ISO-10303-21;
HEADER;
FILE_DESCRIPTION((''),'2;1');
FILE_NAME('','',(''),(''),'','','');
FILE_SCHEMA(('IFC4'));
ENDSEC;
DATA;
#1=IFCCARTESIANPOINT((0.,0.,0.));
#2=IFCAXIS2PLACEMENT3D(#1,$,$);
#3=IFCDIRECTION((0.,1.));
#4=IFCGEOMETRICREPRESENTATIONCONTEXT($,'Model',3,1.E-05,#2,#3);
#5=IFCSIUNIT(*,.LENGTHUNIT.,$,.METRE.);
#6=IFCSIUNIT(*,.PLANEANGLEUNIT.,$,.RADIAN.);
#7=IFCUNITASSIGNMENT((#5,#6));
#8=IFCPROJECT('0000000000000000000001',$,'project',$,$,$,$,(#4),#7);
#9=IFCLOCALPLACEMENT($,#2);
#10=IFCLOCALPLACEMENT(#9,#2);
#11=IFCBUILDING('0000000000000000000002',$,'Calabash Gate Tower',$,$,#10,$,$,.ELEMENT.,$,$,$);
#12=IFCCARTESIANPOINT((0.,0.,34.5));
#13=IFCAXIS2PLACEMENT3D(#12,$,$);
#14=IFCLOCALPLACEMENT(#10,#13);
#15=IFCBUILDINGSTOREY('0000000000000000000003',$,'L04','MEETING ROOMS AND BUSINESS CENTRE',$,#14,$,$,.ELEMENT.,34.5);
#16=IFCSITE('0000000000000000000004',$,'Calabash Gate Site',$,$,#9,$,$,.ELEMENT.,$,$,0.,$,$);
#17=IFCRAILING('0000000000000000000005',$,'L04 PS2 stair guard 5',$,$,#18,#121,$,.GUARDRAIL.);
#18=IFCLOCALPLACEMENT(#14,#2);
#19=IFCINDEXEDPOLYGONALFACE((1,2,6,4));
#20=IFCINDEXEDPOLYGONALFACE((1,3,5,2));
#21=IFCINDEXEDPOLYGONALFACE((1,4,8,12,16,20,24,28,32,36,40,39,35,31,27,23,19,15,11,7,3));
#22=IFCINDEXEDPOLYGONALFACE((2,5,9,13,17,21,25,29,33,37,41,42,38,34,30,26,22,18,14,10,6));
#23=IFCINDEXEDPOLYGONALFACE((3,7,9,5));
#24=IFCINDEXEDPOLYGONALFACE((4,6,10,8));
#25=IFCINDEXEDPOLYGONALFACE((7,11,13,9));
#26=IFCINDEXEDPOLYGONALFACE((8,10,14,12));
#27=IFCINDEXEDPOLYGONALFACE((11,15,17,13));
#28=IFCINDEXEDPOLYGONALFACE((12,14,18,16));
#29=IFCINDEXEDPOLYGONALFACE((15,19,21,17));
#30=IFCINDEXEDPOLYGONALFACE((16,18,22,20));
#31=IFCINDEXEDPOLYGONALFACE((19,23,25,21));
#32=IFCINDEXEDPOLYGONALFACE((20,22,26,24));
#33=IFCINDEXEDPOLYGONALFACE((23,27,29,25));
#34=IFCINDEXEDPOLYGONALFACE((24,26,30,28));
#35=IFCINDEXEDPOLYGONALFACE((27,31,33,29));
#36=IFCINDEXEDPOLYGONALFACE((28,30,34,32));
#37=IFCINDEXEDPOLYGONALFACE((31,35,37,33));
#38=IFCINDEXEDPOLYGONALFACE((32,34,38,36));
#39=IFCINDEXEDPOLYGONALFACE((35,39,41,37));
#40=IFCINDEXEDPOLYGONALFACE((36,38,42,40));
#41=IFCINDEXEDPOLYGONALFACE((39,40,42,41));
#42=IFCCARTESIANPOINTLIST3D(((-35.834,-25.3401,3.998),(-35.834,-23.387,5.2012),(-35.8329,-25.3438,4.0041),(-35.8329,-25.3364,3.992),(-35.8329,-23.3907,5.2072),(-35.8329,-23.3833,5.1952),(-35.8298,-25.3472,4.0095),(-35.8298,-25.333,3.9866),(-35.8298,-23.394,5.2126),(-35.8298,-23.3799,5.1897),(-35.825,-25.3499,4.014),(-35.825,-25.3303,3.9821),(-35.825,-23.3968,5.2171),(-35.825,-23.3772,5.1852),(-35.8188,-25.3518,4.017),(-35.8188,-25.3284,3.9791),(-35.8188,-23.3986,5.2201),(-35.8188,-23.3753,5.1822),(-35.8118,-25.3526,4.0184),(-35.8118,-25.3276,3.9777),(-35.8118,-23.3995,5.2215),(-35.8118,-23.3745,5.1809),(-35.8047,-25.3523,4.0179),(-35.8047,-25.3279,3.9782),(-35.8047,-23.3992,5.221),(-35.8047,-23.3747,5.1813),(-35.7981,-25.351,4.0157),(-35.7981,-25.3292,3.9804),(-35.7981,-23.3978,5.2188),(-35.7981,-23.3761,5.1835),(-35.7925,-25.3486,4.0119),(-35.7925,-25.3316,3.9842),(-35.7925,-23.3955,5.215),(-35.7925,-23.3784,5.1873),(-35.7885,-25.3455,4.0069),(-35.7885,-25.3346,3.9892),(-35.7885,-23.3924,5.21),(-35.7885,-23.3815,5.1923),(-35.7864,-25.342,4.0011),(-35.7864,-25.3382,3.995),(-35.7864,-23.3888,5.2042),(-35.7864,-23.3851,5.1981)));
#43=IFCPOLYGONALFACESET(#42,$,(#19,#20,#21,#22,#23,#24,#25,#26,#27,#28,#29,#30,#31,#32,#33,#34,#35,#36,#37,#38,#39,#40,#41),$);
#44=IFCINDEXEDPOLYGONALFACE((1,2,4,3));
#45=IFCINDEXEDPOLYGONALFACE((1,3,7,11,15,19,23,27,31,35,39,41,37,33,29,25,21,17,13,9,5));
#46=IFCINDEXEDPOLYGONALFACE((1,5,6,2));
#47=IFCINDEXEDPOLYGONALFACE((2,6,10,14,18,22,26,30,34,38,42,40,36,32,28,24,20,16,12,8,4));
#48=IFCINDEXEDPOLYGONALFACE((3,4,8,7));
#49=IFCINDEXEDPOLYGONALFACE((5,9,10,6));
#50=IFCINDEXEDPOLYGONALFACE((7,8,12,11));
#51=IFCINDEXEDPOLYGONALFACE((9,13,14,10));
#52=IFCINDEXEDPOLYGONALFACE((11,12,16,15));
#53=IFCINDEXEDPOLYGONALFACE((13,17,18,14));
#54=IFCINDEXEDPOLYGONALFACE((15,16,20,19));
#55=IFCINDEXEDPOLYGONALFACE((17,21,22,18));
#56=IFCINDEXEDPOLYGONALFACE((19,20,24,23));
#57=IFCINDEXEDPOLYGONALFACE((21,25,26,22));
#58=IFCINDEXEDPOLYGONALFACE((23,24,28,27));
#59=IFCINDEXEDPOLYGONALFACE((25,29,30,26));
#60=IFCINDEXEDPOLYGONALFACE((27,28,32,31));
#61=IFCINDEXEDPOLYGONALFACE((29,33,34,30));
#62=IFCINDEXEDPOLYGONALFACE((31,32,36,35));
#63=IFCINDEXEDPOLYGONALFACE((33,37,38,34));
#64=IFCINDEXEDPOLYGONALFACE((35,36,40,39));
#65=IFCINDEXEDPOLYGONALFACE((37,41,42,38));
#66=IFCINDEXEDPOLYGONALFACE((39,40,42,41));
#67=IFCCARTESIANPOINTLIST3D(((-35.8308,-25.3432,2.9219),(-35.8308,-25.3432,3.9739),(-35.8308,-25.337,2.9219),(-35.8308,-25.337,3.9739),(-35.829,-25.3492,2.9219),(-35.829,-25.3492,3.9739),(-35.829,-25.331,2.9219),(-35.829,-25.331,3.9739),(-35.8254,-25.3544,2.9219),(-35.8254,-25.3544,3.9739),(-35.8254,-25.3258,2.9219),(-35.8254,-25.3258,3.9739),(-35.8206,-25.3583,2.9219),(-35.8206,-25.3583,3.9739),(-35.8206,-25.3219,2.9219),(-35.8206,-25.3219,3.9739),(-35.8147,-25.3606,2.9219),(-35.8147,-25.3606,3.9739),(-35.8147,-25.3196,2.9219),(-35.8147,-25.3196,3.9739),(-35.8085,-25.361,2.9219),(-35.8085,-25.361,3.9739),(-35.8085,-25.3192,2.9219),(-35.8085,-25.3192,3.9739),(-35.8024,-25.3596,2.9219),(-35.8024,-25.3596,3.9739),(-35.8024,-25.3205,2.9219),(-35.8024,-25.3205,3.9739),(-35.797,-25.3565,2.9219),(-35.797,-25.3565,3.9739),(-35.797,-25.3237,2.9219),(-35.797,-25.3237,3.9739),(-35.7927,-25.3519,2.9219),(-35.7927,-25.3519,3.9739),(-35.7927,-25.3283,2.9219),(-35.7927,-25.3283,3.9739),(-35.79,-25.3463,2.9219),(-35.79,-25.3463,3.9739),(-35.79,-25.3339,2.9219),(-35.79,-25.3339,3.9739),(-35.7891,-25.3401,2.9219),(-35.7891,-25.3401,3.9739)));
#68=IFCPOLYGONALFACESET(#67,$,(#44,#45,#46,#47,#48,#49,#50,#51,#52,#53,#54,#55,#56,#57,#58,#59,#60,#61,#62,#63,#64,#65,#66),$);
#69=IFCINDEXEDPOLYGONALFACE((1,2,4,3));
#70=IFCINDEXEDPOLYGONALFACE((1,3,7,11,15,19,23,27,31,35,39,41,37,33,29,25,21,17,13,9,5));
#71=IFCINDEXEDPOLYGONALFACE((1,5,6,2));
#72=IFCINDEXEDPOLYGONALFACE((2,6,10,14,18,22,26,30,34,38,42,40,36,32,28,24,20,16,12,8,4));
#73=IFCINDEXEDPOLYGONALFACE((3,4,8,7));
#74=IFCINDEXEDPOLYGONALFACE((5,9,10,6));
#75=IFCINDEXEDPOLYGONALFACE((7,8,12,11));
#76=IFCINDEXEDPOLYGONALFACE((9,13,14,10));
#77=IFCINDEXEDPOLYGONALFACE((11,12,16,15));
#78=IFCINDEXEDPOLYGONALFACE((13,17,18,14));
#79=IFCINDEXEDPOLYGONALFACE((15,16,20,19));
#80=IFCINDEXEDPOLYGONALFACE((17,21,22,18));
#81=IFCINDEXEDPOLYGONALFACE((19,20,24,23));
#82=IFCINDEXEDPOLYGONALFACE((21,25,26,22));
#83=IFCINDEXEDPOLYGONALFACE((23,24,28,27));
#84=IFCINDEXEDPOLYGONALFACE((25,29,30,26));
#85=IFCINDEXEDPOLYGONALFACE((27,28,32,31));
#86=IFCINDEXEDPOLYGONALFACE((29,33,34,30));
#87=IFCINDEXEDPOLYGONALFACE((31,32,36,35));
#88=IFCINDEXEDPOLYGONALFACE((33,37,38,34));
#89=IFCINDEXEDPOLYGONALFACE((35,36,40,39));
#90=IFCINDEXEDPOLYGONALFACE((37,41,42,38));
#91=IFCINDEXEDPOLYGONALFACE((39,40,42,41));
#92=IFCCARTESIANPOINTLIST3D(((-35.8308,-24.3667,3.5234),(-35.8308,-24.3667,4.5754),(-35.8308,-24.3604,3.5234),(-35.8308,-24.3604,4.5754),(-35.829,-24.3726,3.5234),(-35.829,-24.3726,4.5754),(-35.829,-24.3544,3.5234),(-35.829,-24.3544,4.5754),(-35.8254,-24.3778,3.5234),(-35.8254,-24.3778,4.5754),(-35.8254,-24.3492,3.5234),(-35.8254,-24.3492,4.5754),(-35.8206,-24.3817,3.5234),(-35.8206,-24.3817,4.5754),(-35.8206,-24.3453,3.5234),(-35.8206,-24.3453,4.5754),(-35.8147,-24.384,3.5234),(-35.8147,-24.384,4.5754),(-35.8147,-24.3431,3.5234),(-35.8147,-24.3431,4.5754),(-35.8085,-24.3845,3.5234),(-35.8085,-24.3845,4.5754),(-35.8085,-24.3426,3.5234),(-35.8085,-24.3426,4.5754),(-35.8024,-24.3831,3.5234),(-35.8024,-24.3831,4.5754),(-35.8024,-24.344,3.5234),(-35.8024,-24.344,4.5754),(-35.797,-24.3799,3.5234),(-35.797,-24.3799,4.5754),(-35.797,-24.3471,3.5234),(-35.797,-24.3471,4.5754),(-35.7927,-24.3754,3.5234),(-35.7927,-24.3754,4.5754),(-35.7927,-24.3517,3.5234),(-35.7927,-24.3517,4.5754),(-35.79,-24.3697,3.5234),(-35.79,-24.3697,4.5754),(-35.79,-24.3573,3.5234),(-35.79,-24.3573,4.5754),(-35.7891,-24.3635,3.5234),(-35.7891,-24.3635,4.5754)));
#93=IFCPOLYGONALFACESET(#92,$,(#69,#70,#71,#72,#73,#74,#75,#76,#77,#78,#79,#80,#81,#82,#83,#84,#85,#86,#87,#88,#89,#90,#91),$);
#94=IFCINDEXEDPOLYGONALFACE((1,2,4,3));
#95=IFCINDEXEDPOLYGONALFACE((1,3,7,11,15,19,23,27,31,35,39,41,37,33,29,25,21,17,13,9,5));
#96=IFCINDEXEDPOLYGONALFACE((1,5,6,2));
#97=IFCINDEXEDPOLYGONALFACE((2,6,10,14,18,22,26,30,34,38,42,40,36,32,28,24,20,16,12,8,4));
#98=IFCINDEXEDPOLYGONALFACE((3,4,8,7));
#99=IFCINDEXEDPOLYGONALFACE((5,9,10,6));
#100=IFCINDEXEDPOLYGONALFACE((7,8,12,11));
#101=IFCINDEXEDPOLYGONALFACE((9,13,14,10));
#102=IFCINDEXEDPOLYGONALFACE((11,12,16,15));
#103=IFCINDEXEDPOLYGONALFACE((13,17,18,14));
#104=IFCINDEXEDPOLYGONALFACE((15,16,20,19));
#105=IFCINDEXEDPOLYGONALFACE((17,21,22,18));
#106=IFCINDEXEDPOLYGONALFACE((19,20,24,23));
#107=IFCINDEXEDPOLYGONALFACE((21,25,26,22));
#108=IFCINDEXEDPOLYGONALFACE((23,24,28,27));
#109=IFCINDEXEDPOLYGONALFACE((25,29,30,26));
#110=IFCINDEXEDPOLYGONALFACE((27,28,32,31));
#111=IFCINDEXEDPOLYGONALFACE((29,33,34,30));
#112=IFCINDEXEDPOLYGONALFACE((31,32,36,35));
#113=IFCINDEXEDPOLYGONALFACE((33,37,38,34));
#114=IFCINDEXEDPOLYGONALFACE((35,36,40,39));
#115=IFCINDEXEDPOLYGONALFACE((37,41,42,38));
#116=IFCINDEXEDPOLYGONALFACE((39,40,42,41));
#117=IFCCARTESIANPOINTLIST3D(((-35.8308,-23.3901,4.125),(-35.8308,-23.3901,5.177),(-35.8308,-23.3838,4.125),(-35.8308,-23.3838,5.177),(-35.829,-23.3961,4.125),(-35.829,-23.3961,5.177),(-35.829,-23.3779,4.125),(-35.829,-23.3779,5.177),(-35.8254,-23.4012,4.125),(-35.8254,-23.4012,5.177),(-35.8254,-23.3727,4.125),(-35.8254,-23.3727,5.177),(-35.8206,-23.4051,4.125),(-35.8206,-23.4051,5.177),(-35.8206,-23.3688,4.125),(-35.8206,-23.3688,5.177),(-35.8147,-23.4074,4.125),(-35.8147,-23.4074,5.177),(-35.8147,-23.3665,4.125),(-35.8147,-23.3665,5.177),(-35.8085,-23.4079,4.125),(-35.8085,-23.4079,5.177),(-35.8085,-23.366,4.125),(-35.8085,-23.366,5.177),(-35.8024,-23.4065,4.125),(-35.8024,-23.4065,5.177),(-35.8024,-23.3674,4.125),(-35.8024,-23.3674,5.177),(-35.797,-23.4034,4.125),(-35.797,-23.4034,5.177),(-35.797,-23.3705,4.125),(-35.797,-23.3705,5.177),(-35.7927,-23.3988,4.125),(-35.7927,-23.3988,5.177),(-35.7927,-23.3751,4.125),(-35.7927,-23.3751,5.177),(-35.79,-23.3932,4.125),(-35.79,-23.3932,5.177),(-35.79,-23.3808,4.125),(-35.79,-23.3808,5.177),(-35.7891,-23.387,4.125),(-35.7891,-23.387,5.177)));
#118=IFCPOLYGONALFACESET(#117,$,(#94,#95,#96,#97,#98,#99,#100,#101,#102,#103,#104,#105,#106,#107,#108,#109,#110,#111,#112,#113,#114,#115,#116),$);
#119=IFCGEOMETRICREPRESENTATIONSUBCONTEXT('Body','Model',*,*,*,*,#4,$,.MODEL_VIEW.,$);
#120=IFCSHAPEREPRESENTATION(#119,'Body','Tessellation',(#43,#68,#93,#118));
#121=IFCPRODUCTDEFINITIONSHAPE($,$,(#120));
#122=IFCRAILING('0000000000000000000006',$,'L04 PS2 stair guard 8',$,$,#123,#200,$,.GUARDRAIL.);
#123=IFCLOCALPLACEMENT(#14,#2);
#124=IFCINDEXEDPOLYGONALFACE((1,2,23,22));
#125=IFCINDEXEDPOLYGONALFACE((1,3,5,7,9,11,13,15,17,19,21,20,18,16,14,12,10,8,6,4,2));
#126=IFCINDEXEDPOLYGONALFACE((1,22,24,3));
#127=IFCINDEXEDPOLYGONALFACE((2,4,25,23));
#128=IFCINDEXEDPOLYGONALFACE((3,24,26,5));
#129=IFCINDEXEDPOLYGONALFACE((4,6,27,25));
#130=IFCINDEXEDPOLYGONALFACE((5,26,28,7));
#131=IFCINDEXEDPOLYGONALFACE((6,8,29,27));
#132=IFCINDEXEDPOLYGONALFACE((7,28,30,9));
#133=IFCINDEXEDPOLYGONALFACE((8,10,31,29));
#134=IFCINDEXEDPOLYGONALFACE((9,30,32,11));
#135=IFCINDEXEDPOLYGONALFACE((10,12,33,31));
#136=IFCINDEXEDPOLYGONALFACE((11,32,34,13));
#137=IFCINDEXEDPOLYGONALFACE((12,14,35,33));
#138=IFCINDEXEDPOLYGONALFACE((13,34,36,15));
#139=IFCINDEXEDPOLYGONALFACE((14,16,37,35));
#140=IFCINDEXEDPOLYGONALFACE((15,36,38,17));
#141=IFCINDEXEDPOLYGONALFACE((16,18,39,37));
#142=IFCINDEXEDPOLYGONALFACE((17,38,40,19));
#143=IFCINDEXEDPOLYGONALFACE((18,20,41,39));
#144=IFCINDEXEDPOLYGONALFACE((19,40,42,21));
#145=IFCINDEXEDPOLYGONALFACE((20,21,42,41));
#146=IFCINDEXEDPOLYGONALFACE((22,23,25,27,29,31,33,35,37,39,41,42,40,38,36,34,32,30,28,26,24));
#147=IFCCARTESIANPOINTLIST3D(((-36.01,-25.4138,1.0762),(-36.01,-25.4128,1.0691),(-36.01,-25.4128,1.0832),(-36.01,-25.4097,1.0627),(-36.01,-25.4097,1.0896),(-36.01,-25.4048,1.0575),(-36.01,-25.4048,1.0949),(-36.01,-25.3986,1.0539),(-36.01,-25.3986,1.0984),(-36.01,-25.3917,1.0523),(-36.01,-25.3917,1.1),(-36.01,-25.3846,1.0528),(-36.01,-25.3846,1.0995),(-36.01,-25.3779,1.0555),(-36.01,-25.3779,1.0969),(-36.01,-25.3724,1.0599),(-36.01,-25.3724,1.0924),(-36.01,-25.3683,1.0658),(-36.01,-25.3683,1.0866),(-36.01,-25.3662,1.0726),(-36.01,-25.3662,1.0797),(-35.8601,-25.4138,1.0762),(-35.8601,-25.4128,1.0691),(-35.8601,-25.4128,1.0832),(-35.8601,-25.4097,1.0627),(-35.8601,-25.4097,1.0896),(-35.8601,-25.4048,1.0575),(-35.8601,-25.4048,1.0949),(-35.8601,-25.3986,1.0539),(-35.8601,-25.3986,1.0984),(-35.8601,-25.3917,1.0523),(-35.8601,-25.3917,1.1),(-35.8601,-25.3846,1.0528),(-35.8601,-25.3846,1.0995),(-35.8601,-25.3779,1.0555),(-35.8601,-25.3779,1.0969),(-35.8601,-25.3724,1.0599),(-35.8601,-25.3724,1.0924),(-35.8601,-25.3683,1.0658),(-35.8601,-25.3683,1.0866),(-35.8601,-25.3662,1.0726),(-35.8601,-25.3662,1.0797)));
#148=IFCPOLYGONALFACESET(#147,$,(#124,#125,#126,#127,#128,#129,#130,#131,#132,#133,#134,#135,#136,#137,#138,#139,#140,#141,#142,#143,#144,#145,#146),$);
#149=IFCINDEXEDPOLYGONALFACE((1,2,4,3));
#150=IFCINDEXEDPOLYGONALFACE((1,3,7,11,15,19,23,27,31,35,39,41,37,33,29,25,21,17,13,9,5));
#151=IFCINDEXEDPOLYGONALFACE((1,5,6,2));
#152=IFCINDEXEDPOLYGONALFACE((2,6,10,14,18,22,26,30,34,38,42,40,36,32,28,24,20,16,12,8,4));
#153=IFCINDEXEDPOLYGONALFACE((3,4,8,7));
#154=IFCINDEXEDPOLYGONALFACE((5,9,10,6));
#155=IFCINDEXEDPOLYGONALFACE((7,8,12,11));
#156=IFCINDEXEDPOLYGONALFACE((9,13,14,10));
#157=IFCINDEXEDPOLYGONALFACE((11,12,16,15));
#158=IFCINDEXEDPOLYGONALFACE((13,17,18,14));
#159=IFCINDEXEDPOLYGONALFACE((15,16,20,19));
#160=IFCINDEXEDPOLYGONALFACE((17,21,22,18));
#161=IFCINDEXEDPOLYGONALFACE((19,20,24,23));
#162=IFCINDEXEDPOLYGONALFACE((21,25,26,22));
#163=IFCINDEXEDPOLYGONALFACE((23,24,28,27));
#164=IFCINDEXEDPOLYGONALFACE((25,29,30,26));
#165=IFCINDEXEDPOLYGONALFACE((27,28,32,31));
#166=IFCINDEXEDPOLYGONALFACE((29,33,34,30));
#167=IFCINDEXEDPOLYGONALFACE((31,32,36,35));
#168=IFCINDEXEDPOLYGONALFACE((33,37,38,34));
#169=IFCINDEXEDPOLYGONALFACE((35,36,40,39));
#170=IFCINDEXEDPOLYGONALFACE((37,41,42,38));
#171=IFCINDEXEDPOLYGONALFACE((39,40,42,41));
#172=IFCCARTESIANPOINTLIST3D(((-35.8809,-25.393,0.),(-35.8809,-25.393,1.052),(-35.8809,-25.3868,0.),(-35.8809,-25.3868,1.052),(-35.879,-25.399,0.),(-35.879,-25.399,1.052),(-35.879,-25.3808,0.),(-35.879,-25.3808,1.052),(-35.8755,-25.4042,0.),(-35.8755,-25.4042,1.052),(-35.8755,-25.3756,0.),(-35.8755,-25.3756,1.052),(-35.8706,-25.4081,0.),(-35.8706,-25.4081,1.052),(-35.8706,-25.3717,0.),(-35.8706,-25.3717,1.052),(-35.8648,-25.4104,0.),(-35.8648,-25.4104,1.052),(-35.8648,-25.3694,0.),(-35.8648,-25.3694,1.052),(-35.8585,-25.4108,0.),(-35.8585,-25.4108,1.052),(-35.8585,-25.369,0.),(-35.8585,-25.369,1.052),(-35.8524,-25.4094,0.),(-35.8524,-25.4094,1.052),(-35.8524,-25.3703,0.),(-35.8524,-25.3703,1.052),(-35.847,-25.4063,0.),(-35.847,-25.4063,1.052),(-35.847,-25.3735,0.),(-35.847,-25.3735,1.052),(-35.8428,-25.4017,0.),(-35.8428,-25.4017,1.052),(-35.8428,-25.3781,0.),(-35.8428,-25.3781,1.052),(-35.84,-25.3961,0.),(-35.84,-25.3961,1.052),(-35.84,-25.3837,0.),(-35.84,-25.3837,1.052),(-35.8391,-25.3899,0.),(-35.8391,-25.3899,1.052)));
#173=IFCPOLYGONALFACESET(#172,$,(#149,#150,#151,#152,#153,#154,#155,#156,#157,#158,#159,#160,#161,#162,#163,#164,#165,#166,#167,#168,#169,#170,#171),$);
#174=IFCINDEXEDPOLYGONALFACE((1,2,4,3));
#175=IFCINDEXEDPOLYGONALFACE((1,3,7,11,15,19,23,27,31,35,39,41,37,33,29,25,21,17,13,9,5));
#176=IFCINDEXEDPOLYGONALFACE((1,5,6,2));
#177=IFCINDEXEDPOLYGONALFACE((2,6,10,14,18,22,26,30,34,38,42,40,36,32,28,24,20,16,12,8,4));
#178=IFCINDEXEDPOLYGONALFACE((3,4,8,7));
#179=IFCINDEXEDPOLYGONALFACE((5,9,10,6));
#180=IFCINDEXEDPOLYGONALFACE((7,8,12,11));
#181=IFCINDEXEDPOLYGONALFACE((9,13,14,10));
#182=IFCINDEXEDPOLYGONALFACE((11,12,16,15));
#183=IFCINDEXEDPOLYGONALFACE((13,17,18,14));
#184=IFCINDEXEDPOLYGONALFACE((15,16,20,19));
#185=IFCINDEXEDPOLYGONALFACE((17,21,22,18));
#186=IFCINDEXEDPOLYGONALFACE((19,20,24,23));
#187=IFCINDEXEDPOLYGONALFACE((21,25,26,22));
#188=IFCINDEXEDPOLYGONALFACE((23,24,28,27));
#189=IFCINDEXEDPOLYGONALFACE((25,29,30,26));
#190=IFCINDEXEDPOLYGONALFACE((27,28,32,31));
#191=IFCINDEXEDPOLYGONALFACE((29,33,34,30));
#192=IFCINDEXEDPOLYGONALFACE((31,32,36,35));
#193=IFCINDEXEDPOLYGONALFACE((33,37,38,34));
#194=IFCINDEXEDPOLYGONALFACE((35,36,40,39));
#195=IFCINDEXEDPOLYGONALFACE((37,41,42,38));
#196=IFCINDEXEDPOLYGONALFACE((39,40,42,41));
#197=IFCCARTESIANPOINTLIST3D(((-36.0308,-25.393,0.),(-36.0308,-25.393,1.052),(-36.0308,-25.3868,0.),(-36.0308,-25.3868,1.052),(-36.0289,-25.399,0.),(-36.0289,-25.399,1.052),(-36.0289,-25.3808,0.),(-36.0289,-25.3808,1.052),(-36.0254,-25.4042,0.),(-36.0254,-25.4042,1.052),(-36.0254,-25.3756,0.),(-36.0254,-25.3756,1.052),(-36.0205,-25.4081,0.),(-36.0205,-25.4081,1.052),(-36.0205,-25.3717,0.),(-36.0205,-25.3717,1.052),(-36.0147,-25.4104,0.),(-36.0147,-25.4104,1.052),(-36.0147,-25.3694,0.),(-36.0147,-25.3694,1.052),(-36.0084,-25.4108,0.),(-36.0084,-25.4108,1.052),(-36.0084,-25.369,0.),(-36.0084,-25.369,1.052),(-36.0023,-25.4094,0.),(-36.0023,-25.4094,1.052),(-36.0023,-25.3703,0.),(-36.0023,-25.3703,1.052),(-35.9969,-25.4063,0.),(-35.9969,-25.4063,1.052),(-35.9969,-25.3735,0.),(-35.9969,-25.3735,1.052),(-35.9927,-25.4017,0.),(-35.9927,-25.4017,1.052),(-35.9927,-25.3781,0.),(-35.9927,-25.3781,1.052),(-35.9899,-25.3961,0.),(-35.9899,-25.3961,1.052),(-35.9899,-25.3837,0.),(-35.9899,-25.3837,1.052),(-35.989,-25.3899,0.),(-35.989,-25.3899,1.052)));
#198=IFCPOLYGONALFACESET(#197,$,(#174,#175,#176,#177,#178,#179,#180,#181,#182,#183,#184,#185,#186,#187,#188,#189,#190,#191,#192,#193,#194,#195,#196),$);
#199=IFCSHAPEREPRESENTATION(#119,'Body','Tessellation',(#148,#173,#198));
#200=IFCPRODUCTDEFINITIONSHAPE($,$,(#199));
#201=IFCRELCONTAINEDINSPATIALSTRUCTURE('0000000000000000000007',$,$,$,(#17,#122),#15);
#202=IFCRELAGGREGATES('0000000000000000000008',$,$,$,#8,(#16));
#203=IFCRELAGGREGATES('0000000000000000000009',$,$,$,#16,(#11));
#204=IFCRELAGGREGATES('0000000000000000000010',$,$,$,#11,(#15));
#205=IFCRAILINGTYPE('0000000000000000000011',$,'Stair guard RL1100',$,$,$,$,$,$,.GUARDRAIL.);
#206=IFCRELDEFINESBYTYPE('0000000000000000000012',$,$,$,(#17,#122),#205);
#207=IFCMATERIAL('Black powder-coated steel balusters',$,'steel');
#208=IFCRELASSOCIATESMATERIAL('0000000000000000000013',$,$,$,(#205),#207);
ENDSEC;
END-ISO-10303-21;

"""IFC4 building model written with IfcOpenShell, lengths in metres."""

from ifc_helpers import new_model, si_unit, direction, frame, origin, origin_2d, place, context, subcontext, project, spatial, circle, extrude, material, type_object, element, save


model = new_model("IFC4")

# Units and contexts
model_context = context("Model", 3, precision=1e-05, world=origin(), true_north=direction((0.0, 1.0)))
body_context = subcontext(model_context, "Body", "Model", "MODEL_VIEW")
ifc_project = project(units=[si_unit("LENGTHUNIT", "METRE"), si_unit("PLANEANGLEUNIT", "RADIAN")], contexts=[model_context])

# Site, building, storey
site_placement = place(None, origin())
site = spatial("IfcSite", under=ifc_project, at=site_placement, Name="Calabash Gate Site", CompositionType="ELEMENT", RefElevation=0.0)
building_placement = place(site_placement, origin())
building = spatial("IfcBuilding", under=site, at=building_placement, Name="Calabash Gate Tower", CompositionType="ELEMENT")
storey_placement = place(building_placement, frame((0.0, 0.0, 34.5)))
storey = spatial("IfcBuildingStorey", under=building, at=storey_placement, Name="L04", Description="MEETING ROOMS AND BUSINESS CENTRE", CompositionType="ELEMENT", Elevation=34.5)

# Railings
ifc_material_1 = material(Name="Black powder-coated steel balusters", Category="steel")
railing_type_1 = type_object("IfcRailingType", Name="Stair guard RL1100", PredefinedType="GUARDRAIL", material=ifc_material_1)
railing_1_placement = place(storey_placement, frame((-35.8101, -25.3401, 2.9219)))
element("IfcRailing", 1, at=railing_1_placement, inside=storey, type_object=railing_type_1, Name="L04 PS2 stair guard 5", PredefinedType="GUARDRAIL", context=body_context, shape_type="SweptSolid", body=[
    extrude(circle(Radius=0.0239, at=origin_2d()), frame((0.0, 0.0, 1.0762), z_axis=(0.0, 0.851424, 0.524477), x_axis=(-1.0, 0.0, 0.0)), (0.0, 0.0, 1.0), 2.2939),
    extrude(circle(Radius=0.021, at=origin_2d()), origin(), (0.0, 0.0, 1.0), 1.052),
    extrude(circle(Radius=0.021, at=origin_2d()), frame((0.0, 0.9766, 0.6016)), (0.0, 0.0, 1.0), 1.052),
    extrude(circle(Radius=0.021, at=origin_2d()), frame((0.0, 1.9531, 1.2031)), (0.0, 0.0, 1.0), 1.052),
])
railing_2_placement = place(storey_placement, frame((-35.8601, -25.3899, 0.0)))
element("IfcRailing", 2, at=railing_2_placement, inside=storey, type_object=railing_type_1, Name="L04 PS2 stair guard 8", PredefinedType="GUARDRAIL", context=body_context, shape_type="SweptSolid", body=[
    extrude(circle(Radius=0.0239, at=origin_2d()), frame((0.0, 0.0, 1.0762), z_axis=(-1.0, 0.0, 0.0), x_axis=(0.0, -1.0, 0.0)), (0.0, 0.0, 1.0), 0.1499),
    extrude(circle(Radius=0.021, at=origin_2d()), origin(), (0.0, 0.0, 1.0), 1.052),
    extrude(circle(Radius=0.021, at=origin_2d()), frame((-0.1499, 0.0, 0.0)), (0.0, 0.0, 1.0), 1.052),
])

save(model, "model.ifc")
